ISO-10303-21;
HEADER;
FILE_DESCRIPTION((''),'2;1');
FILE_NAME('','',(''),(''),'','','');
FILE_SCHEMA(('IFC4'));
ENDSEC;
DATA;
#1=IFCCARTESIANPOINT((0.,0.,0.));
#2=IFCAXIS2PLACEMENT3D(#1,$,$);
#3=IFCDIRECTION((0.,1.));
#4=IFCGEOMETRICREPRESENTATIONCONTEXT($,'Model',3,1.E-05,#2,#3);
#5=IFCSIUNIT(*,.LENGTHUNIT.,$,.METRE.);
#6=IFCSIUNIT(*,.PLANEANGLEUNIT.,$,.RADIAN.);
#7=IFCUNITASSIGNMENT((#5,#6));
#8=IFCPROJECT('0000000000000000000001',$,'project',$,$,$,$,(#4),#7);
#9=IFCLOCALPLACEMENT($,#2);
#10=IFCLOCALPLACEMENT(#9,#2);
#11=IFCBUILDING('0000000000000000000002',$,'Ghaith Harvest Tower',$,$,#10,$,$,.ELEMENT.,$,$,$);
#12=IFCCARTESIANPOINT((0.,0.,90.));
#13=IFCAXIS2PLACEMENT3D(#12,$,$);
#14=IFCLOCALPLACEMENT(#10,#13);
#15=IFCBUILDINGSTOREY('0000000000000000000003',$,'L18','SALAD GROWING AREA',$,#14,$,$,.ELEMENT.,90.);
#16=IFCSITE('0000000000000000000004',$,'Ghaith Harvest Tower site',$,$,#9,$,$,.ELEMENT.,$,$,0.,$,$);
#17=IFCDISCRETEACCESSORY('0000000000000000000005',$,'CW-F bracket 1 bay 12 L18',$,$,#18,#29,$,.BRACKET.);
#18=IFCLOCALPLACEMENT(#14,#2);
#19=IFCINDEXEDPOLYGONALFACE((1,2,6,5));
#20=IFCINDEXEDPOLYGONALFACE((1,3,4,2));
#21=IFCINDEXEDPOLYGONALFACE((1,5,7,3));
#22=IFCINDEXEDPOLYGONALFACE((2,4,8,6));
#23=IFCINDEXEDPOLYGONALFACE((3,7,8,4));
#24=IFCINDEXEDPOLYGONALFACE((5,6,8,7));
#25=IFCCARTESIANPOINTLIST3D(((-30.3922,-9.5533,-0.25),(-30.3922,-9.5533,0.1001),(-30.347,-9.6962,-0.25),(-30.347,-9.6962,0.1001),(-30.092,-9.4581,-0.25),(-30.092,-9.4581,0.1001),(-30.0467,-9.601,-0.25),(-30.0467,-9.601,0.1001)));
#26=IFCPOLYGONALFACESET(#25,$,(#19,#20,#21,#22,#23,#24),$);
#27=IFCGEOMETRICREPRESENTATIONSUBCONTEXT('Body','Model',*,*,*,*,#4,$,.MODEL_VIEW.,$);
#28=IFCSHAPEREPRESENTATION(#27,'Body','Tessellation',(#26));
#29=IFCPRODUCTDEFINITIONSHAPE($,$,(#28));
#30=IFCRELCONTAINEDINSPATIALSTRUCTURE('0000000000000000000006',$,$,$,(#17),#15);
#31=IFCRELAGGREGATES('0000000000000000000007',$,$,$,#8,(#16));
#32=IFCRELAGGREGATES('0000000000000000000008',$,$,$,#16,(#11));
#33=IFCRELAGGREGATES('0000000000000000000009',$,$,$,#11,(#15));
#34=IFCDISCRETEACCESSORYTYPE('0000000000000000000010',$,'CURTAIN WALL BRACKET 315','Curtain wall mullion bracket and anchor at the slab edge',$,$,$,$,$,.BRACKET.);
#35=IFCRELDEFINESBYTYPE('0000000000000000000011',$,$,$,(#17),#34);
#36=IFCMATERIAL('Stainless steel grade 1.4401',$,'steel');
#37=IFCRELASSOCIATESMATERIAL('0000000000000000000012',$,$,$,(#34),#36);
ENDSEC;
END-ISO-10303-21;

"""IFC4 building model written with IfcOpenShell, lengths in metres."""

from ifc_helpers import new_model, si_unit, direction, frame, origin, origin_2d, place, context, subcontext, project, spatial, rectangle, extrude, material, type_object, element, save


model = new_model("IFC4")

# Units and contexts
model_context = context("Model", 3, precision=1e-05, world=origin(), true_north=direction((0.0, 1.0)))
body_context = subcontext(model_context, "Body", "Model", "MODEL_VIEW")
ifc_project = project(units=[si_unit("LENGTHUNIT", "METRE"), si_unit("PLANEANGLEUNIT", "RADIAN")], contexts=[model_context])

# Site, building, storey
site_placement = place(None, origin())
site = spatial("IfcSite", under=ifc_project, at=site_placement, Name="Ghaith Harvest Tower site", CompositionType="ELEMENT", RefElevation=0.0)
building_placement = place(site_placement, origin())
building = spatial("IfcBuilding", under=site, at=building_placement, Name="Ghaith Harvest Tower", CompositionType="ELEMENT")
storey_placement = place(building_placement, frame((0.0, 0.0, 90.0)))
storey = spatial("IfcBuildingStorey", under=building, at=storey_placement, Name="L18", Description="SALAD GROWING AREA", CompositionType="ELEMENT", Elevation=90.0)

# Discrete accessory
ifc_material_1 = material(Name="Stainless steel grade 1.4401", Category="steel")
discrete_accessory_type = type_object("IfcDiscreteAccessoryType", Name="CURTAIN WALL BRACKET 315", Description="Curtain wall mullion bracket and anchor at the slab edge", PredefinedType="BRACKET", material=ifc_material_1)
discrete_accessory_placement = place(storey_placement, frame((-30.2195, -9.5771, -0.25), z_axis=(0.0, 0.0, 1.0), x_axis=(-0.953273, -0.30211, 0.0)))
element("IfcDiscreteAccessory", 1, at=discrete_accessory_placement, inside=storey, type_object=discrete_accessory_type, Name="CW-F bracket 1 bay 12 L18", PredefinedType="BRACKET", context=body_context, shape_type="SweptSolid", body=[
    extrude(rectangle(XDim=0.3149, YDim=0.1499, at=origin_2d()), origin(), (0.0, 0.0, 1.0), 0.3501),
])

save(model, "model.ifc")
